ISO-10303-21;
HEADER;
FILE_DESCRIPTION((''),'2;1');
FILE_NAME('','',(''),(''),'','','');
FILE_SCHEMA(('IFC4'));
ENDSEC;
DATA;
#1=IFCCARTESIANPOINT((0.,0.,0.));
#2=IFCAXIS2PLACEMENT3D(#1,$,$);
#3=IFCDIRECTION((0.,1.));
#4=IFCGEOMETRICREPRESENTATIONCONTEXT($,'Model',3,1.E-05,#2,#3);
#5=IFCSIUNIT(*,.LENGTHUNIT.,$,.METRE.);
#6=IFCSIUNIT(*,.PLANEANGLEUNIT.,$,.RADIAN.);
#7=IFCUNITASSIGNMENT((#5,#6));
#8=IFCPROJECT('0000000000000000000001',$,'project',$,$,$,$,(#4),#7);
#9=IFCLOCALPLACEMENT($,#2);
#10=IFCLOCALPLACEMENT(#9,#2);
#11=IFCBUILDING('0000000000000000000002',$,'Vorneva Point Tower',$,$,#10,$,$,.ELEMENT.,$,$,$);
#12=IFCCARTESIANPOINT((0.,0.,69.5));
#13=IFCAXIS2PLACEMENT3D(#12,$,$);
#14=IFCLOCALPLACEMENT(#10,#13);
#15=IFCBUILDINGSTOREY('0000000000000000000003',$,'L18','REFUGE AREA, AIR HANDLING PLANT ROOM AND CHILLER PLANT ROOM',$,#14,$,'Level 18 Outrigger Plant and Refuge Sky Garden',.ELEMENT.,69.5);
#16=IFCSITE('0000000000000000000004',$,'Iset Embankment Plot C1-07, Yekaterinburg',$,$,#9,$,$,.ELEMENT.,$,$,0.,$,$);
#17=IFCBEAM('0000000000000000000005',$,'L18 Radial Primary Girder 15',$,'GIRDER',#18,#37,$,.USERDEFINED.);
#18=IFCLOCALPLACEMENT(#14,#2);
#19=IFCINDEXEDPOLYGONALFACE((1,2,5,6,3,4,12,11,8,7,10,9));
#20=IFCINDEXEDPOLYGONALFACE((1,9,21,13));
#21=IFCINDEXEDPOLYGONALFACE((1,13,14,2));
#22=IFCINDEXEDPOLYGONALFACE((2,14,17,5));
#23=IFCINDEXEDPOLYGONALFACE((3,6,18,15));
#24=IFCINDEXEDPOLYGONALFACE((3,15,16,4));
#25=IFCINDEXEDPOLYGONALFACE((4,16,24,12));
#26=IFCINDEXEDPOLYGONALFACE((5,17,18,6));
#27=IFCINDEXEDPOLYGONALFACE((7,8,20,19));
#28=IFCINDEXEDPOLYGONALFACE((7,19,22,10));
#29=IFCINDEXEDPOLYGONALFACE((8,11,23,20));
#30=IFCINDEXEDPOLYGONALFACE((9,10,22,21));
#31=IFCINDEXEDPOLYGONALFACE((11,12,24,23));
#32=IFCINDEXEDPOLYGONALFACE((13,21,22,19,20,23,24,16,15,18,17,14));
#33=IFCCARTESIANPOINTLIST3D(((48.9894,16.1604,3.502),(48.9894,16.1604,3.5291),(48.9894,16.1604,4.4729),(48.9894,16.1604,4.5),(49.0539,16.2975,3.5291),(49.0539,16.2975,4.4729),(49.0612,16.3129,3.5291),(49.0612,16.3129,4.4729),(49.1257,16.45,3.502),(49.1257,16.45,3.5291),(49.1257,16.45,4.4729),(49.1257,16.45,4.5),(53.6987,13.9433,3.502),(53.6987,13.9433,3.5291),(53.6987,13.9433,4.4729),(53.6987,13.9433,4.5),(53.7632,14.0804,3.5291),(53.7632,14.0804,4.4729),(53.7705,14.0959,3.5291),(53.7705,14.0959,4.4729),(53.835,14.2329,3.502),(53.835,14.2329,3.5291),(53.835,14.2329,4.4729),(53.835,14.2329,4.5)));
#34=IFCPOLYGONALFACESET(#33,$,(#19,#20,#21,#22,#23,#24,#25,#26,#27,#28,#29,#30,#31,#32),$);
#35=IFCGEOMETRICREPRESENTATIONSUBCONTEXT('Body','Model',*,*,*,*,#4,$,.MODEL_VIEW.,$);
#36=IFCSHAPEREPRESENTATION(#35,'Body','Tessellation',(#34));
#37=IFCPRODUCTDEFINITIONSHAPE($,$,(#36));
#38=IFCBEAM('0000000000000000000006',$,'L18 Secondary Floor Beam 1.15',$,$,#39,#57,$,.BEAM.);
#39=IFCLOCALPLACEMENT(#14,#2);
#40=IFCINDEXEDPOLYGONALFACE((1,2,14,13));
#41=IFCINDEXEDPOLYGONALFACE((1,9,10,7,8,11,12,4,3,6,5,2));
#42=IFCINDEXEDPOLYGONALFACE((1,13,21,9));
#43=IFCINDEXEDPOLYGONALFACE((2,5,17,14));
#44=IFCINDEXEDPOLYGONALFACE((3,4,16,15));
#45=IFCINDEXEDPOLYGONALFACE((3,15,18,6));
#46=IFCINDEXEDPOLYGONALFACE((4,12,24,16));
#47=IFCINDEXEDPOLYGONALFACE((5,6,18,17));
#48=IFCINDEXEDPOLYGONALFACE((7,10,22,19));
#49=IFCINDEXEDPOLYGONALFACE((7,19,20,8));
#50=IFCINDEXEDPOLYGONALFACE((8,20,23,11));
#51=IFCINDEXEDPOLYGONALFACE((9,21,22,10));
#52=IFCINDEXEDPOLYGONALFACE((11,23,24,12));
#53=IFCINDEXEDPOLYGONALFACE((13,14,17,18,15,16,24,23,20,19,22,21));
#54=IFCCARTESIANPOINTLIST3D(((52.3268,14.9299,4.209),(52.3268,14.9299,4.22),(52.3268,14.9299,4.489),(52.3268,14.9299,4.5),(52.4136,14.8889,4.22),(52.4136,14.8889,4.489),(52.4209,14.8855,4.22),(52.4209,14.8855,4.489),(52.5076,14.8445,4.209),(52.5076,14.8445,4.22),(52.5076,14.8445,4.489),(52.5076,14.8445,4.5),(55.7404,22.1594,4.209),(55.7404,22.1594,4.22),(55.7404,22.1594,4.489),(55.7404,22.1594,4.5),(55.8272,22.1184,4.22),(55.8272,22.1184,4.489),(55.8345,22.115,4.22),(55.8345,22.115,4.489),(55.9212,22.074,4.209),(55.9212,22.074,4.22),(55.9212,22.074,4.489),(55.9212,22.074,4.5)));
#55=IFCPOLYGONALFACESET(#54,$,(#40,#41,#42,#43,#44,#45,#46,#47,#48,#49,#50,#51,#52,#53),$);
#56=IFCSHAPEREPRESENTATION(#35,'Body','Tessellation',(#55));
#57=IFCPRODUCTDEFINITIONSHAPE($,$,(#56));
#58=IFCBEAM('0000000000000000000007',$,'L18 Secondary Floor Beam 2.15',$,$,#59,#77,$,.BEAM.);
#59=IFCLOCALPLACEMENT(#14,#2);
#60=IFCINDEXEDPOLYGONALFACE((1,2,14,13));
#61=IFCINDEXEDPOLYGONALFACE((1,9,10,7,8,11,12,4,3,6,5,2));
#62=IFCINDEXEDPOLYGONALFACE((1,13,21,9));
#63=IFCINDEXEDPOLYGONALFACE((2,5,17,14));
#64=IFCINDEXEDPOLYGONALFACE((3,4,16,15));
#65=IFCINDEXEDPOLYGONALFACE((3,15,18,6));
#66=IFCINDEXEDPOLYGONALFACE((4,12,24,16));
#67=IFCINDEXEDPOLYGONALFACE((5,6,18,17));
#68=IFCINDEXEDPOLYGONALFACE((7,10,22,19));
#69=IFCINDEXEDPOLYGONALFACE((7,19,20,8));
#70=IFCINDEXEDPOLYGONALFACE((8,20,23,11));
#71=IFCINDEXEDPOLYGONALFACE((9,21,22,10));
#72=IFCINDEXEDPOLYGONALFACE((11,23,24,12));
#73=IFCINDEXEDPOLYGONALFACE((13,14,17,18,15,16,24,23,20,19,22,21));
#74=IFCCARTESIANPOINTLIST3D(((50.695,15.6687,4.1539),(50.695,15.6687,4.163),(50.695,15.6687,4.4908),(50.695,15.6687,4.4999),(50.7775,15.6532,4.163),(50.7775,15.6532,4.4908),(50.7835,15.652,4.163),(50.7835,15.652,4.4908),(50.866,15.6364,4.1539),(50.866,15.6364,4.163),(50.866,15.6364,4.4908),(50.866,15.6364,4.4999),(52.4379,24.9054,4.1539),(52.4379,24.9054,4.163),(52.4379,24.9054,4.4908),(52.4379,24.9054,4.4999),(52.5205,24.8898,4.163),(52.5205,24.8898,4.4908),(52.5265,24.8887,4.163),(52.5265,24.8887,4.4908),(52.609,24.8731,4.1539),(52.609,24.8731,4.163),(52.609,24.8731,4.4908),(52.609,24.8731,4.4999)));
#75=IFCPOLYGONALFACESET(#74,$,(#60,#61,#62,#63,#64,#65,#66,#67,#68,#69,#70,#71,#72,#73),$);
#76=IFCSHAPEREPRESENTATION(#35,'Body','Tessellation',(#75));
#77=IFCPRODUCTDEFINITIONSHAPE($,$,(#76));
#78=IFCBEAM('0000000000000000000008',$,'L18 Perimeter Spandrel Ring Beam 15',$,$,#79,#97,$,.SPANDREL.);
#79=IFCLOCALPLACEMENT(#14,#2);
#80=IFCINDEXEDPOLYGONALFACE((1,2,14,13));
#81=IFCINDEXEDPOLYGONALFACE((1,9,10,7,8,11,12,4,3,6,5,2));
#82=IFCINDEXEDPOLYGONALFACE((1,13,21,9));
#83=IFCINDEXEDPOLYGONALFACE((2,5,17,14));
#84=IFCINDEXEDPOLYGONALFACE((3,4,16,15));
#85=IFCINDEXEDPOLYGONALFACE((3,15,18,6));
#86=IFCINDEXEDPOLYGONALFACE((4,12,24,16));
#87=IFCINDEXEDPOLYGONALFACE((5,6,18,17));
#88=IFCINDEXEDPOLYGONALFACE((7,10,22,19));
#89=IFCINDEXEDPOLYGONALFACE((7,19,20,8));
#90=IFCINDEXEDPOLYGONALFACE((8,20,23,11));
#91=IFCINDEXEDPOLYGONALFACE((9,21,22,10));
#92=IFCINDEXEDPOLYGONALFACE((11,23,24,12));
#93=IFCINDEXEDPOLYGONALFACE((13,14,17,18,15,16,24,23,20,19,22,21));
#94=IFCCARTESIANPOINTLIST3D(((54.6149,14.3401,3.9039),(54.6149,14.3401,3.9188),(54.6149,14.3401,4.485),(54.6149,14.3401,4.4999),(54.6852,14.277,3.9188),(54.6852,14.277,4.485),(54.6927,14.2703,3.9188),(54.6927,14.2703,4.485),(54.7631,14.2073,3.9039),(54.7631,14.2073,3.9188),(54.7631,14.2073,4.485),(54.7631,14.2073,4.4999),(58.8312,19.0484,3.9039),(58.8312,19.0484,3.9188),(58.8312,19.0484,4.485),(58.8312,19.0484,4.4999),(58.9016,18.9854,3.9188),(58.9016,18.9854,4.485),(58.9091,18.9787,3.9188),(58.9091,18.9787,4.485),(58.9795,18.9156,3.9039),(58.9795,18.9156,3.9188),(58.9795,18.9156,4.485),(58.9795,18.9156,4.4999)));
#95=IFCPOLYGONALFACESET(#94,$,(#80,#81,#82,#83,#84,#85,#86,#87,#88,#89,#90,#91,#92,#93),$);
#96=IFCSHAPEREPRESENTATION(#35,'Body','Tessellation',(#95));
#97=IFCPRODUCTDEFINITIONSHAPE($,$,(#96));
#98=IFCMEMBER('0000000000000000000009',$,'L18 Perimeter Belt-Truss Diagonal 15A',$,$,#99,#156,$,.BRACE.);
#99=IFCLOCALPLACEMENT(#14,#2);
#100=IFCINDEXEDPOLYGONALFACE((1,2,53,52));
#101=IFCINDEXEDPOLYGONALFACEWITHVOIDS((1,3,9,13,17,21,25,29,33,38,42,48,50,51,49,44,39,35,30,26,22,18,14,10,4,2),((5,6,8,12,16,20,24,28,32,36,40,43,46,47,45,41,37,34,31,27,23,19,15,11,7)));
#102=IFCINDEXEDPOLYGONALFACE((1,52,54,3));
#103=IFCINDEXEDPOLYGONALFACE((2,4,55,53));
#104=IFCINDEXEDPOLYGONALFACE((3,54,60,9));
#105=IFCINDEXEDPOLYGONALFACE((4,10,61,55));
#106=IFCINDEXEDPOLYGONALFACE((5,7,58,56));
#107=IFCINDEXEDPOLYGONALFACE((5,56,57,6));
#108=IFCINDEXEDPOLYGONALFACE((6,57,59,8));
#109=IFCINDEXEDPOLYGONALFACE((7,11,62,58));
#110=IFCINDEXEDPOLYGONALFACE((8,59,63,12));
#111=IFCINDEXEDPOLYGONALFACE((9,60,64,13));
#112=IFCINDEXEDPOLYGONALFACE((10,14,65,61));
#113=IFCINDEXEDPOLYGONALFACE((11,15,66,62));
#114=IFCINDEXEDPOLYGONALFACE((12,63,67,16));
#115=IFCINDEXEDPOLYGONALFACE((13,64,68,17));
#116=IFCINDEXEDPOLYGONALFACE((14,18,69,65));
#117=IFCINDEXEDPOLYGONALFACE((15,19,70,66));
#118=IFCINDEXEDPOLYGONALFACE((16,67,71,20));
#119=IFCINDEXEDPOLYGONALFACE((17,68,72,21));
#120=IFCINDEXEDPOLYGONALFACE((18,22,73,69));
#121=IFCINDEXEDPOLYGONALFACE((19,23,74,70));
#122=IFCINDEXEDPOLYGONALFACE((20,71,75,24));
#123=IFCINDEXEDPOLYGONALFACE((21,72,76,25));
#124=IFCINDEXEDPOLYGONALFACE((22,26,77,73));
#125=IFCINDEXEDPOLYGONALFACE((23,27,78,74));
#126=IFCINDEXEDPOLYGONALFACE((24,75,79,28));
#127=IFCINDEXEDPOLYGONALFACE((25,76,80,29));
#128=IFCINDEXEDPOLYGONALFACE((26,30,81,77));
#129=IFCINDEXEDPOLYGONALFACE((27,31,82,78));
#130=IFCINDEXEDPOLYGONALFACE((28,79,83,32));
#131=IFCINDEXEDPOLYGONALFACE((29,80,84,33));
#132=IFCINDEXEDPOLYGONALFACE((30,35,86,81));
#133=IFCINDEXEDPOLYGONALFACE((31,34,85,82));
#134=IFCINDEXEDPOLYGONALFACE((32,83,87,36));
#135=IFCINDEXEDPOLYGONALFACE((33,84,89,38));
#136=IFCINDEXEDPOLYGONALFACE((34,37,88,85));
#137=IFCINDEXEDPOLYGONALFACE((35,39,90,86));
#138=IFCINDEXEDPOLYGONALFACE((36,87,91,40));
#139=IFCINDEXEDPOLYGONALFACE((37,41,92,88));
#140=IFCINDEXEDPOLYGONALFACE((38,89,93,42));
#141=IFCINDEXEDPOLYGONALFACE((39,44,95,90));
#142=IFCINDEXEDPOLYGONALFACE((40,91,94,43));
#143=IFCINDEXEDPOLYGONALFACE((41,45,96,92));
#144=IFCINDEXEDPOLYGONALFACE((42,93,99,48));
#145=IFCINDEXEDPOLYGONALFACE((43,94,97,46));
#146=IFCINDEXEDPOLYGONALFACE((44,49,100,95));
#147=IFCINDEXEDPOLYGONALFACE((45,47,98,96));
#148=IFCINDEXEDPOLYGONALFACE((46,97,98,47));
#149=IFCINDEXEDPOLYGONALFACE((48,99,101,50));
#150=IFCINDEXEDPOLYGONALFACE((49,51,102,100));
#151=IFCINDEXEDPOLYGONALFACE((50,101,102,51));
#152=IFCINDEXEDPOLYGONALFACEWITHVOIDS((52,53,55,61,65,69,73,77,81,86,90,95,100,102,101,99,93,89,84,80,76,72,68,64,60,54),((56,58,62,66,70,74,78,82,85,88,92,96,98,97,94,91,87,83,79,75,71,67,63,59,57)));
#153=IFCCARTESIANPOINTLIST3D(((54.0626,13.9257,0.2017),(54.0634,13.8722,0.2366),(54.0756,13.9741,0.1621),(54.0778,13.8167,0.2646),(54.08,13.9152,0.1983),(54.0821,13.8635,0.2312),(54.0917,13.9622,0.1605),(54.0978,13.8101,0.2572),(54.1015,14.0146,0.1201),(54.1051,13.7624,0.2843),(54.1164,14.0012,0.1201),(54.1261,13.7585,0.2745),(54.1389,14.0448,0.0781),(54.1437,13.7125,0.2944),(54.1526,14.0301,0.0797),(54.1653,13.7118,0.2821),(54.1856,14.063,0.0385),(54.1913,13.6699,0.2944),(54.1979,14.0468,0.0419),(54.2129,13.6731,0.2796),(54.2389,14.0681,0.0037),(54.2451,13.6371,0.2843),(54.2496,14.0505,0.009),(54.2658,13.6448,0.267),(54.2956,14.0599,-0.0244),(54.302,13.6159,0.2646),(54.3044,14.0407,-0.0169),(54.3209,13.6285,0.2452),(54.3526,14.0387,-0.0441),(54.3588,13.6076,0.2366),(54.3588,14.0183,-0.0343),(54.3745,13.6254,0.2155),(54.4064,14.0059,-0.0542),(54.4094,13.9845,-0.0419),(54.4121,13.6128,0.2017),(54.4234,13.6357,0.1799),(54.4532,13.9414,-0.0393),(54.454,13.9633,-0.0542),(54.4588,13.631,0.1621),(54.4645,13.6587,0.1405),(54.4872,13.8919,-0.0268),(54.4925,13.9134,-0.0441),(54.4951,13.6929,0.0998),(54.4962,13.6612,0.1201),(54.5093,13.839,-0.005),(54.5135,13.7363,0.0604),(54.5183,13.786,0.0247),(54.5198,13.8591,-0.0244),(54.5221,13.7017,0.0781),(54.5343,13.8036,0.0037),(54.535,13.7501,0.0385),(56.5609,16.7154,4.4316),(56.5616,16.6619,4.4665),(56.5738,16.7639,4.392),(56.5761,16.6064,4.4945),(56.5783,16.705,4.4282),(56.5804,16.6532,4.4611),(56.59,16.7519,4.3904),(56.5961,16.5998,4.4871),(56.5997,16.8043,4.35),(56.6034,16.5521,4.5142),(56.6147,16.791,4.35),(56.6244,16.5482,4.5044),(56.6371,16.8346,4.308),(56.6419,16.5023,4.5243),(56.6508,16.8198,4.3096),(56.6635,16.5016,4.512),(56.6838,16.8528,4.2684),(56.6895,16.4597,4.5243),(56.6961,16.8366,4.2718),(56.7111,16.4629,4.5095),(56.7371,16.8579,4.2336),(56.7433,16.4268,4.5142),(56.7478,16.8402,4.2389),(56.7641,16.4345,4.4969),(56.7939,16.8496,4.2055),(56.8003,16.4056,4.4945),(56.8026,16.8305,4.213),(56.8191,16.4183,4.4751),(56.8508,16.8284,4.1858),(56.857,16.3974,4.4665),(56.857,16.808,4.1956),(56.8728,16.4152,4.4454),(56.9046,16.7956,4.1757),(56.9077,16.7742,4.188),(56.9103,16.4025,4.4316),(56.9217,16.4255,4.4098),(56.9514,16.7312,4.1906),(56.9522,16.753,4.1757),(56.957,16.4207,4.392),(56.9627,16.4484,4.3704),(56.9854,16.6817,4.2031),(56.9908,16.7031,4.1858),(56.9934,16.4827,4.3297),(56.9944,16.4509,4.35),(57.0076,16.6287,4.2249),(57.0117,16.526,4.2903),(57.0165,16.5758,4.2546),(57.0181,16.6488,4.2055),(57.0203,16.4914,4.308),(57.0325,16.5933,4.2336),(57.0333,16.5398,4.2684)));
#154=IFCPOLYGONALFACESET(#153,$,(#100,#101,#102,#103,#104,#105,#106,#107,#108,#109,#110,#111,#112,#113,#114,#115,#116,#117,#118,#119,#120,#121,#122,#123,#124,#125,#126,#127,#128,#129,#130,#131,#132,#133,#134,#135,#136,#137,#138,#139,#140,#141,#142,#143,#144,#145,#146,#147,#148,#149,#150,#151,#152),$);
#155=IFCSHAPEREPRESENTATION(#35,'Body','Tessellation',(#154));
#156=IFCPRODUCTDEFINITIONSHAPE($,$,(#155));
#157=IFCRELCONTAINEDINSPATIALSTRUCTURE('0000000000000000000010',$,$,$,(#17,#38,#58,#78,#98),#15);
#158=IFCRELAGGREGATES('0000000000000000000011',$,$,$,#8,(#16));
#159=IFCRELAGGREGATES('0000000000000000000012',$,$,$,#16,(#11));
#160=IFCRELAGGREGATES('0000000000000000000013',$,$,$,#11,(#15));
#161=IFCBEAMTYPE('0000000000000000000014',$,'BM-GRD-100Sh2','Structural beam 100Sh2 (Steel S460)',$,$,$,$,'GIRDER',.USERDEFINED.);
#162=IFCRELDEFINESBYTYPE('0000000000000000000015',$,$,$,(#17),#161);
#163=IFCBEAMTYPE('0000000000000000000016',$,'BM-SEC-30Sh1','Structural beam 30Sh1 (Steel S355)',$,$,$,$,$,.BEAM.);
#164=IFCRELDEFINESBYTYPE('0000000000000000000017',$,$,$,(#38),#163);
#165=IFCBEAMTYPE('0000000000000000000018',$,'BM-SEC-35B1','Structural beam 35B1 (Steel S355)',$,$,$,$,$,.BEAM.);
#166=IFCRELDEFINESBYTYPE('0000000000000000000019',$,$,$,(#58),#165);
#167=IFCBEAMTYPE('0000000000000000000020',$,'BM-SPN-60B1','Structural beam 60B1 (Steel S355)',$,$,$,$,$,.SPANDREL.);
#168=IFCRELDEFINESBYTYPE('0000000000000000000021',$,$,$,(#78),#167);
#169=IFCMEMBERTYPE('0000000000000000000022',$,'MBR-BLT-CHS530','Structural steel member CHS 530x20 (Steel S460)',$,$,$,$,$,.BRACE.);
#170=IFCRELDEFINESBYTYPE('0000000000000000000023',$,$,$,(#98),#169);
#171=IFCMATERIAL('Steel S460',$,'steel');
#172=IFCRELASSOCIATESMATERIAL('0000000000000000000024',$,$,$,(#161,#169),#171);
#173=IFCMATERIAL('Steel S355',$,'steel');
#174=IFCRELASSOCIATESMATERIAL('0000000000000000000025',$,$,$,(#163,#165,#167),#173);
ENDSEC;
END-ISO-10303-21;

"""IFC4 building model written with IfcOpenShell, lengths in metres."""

from ifc_helpers import new_model, si_unit, direction, frame, origin, origin_2d, place, context, subcontext, project, spatial, hollow_circle, i_section, extrude, material, material_profile, profile_set, type_object, element, save


model = new_model("IFC4")

# Units and contexts
model_context = context("Model", 3, precision=1e-05, world=origin(), true_north=direction((0.0, 1.0)))
body_context = subcontext(model_context, "Body", "Model", "MODEL_VIEW")
ifc_project = project(units=[si_unit("LENGTHUNIT", "METRE"), si_unit("PLANEANGLEUNIT", "RADIAN")], contexts=[model_context])

# Site, building, storey
site_placement = place(None, origin())
site = spatial("IfcSite", under=ifc_project, at=site_placement, Name="Iset Embankment Plot C1-07, Yekaterinburg", CompositionType="ELEMENT", RefElevation=0.0)
building_placement = place(site_placement, origin())
building = spatial("IfcBuilding", under=site, at=building_placement, Name="Vorneva Point Tower", CompositionType="ELEMENT")
storey_placement = place(building_placement, frame((0.0, 0.0, 69.5)))
storey = spatial("IfcBuildingStorey", under=building, at=storey_placement, Name="L18", Description="REFUGE AREA, AIR HANDLING PLANT ROOM AND CHILLER PLANT ROOM", LongName="Level 18 Outrigger Plant and Refuge Sky Garden", CompositionType="ELEMENT", Elevation=69.5)

# Beams
ifc_material_1 = material(Name="Steel S460", Category="steel")
ifc_material_profile_1 = material_profile(ifc_material_1, i_section(OverallWidth=0.3201, OverallDepth=0.998, WebThickness=0.0171, FlangeThickness=0.0271, at=origin_2d()), Name="100Sh2")
ifc_profile_set_1 = profile_set([ifc_material_profile_1], Name="Steel S460")
beam_type_1 = type_object("IfcBeamType", Name="BM-GRD-100Sh2", Description="Structural beam 100Sh2 (Steel S460)", ElementType="GIRDER", PredefinedType="USERDEFINED", material=ifc_profile_set_1)
beam_1_placement = place(storey_placement, frame((53.7668, 14.0881, 4.001), z_axis=(-0.90475, 0.425944, 0.0), x_axis=(-0.425944, -0.90475, 0.0)))
element("IfcBeam", 1, at=beam_1_placement, inside=storey, type_object=beam_type_1, Name="L18 Radial Primary Girder 15", ObjectType="GIRDER", PredefinedType="USERDEFINED", context=body_context, shape_type="SweptSolid", body=[
    extrude(i_section(OverallWidth=0.3201, OverallDepth=0.998, WebThickness=0.0171, FlangeThickness=0.0271, at=origin_2d()), origin(), (0.0, 0.0, 1.0), 5.2051),
])
ifc_material_2 = material(Name="Steel S355", Category="steel")
ifc_material_profile_2 = material_profile(ifc_material_2, i_section(OverallWidth=0.2, OverallDepth=0.291, WebThickness=0.0081, FlangeThickness=0.011, at=origin_2d()), Name="30Sh1")
ifc_profile_set_2 = profile_set([ifc_material_profile_2], Name="Steel S355")
beam_type_2 = type_object("IfcBeamType", Name="BM-SEC-30Sh1", Description="Structural beam 30Sh1 (Steel S355)", PredefinedType="BEAM", material=ifc_profile_set_2)
beam_2_placement = place(storey_placement, frame((52.4172, 14.8872, 4.3545), z_axis=(0.42697, 0.904266, 0.0), x_axis=(-0.904266, 0.42697, 0.0)))
element("IfcBeam", 2, at=beam_2_placement, inside=storey, type_object=beam_type_2, Name="L18 Secondary Floor Beam 1.15", PredefinedType="BEAM", context=body_context, shape_type="SweptSolid", body=[
    extrude(i_section(OverallWidth=0.2, OverallDepth=0.291, WebThickness=0.0081, FlangeThickness=0.011, at=origin_2d()), origin(), (0.0, 0.0, 1.0), 7.9949),
])
ifc_material_profile_3 = material_profile(ifc_material_2, i_section(OverallWidth=0.1741, OverallDepth=0.3459, WebThickness=0.0061, FlangeThickness=0.009, at=origin_2d()), Name="35B1")
ifc_profile_set_3 = profile_set([ifc_material_profile_3], Name="Steel S355")
beam_type_3 = type_object("IfcBeamType", Name="BM-SEC-35B1", Description="Structural beam 35B1 (Steel S355)", PredefinedType="BEAM", material=ifc_profile_set_3)
beam_3_placement = place(storey_placement, frame((50.7805, 15.6526, 4.3269), z_axis=(0.185425, 0.982658, 0.0), x_axis=(-0.982658, 0.185425, 0.0)))
element("IfcBeam", 3, at=beam_3_placement, inside=storey, type_object=beam_type_3, Name="L18 Secondary Floor Beam 2.15", PredefinedType="BEAM", context=body_context, shape_type="SweptSolid", body=[
    extrude(i_section(OverallWidth=0.1741, OverallDepth=0.3459, WebThickness=0.0061, FlangeThickness=0.009, at=origin_2d()), origin(), (0.0, 0.0, 1.0), 9.3997),
])
ifc_material_profile_4 = material_profile(ifc_material_2, i_section(OverallWidth=0.199, OverallDepth=0.5959, WebThickness=0.01, FlangeThickness=0.0149, at=origin_2d()), Name="60B1")
ifc_profile_set_4 = profile_set([ifc_material_profile_4], Name="Steel S355")
beam_type_4 = type_object("IfcBeamType", Name="BM-SPN-60B1", Description="Structural beam 60B1 (Steel S355)", PredefinedType="SPANDREL", material=ifc_profile_set_4)
beam_4_placement = place(storey_placement, frame((54.689, 14.2737, 4.2019), z_axis=(0.667117, 0.744953, 0.0), x_axis=(-0.744953, 0.667117, 0.0)))
element("IfcBeam", 4, at=beam_4_placement, inside=storey, type_object=beam_type_4, Name="L18 Perimeter Spandrel Ring Beam 15", PredefinedType="SPANDREL", context=body_context, shape_type="SweptSolid", body=[
    extrude(i_section(OverallWidth=0.199, OverallDepth=0.5959, WebThickness=0.01, FlangeThickness=0.0149, at=origin_2d()), origin(), (0.0, 0.0, 1.0), 6.3203),
])

# Member
ifc_material_profile_5 = material_profile(ifc_material_1, hollow_circle(Radius=0.2649, WallThickness=0.02, at=origin_2d()), Name="CHS 530x20")
ifc_profile_set_5 = profile_set([ifc_material_profile_5], Name="Steel S460")
member_type_1 = type_object("IfcMemberType", Name="MBR-BLT-CHS530", Description="Structural steel member CHS 530x20 (Steel S460)", PredefinedType="BRACE", material=ifc_profile_set_5)
member_1_placement = place(storey_placement, frame((54.2988, 13.8379, 0.1201), z_axis=(0.442212, 0.49381, 0.748732), x_axis=(-0.744955, 0.667115, 0.0)))
element("IfcMember", 5, at=member_1_placement, inside=storey, type_object=member_type_1, Name="L18 Perimeter Belt-Truss Diagonal 15A", PredefinedType="BRACE", context=body_context, shape_type="SweptSolid", body=[
    extrude(hollow_circle(Radius=0.2649, WallThickness=0.02, at=origin_2d()), origin(), (0.0, 0.0, 1.0), 5.6494),
])

save(model, "model.ifc")
